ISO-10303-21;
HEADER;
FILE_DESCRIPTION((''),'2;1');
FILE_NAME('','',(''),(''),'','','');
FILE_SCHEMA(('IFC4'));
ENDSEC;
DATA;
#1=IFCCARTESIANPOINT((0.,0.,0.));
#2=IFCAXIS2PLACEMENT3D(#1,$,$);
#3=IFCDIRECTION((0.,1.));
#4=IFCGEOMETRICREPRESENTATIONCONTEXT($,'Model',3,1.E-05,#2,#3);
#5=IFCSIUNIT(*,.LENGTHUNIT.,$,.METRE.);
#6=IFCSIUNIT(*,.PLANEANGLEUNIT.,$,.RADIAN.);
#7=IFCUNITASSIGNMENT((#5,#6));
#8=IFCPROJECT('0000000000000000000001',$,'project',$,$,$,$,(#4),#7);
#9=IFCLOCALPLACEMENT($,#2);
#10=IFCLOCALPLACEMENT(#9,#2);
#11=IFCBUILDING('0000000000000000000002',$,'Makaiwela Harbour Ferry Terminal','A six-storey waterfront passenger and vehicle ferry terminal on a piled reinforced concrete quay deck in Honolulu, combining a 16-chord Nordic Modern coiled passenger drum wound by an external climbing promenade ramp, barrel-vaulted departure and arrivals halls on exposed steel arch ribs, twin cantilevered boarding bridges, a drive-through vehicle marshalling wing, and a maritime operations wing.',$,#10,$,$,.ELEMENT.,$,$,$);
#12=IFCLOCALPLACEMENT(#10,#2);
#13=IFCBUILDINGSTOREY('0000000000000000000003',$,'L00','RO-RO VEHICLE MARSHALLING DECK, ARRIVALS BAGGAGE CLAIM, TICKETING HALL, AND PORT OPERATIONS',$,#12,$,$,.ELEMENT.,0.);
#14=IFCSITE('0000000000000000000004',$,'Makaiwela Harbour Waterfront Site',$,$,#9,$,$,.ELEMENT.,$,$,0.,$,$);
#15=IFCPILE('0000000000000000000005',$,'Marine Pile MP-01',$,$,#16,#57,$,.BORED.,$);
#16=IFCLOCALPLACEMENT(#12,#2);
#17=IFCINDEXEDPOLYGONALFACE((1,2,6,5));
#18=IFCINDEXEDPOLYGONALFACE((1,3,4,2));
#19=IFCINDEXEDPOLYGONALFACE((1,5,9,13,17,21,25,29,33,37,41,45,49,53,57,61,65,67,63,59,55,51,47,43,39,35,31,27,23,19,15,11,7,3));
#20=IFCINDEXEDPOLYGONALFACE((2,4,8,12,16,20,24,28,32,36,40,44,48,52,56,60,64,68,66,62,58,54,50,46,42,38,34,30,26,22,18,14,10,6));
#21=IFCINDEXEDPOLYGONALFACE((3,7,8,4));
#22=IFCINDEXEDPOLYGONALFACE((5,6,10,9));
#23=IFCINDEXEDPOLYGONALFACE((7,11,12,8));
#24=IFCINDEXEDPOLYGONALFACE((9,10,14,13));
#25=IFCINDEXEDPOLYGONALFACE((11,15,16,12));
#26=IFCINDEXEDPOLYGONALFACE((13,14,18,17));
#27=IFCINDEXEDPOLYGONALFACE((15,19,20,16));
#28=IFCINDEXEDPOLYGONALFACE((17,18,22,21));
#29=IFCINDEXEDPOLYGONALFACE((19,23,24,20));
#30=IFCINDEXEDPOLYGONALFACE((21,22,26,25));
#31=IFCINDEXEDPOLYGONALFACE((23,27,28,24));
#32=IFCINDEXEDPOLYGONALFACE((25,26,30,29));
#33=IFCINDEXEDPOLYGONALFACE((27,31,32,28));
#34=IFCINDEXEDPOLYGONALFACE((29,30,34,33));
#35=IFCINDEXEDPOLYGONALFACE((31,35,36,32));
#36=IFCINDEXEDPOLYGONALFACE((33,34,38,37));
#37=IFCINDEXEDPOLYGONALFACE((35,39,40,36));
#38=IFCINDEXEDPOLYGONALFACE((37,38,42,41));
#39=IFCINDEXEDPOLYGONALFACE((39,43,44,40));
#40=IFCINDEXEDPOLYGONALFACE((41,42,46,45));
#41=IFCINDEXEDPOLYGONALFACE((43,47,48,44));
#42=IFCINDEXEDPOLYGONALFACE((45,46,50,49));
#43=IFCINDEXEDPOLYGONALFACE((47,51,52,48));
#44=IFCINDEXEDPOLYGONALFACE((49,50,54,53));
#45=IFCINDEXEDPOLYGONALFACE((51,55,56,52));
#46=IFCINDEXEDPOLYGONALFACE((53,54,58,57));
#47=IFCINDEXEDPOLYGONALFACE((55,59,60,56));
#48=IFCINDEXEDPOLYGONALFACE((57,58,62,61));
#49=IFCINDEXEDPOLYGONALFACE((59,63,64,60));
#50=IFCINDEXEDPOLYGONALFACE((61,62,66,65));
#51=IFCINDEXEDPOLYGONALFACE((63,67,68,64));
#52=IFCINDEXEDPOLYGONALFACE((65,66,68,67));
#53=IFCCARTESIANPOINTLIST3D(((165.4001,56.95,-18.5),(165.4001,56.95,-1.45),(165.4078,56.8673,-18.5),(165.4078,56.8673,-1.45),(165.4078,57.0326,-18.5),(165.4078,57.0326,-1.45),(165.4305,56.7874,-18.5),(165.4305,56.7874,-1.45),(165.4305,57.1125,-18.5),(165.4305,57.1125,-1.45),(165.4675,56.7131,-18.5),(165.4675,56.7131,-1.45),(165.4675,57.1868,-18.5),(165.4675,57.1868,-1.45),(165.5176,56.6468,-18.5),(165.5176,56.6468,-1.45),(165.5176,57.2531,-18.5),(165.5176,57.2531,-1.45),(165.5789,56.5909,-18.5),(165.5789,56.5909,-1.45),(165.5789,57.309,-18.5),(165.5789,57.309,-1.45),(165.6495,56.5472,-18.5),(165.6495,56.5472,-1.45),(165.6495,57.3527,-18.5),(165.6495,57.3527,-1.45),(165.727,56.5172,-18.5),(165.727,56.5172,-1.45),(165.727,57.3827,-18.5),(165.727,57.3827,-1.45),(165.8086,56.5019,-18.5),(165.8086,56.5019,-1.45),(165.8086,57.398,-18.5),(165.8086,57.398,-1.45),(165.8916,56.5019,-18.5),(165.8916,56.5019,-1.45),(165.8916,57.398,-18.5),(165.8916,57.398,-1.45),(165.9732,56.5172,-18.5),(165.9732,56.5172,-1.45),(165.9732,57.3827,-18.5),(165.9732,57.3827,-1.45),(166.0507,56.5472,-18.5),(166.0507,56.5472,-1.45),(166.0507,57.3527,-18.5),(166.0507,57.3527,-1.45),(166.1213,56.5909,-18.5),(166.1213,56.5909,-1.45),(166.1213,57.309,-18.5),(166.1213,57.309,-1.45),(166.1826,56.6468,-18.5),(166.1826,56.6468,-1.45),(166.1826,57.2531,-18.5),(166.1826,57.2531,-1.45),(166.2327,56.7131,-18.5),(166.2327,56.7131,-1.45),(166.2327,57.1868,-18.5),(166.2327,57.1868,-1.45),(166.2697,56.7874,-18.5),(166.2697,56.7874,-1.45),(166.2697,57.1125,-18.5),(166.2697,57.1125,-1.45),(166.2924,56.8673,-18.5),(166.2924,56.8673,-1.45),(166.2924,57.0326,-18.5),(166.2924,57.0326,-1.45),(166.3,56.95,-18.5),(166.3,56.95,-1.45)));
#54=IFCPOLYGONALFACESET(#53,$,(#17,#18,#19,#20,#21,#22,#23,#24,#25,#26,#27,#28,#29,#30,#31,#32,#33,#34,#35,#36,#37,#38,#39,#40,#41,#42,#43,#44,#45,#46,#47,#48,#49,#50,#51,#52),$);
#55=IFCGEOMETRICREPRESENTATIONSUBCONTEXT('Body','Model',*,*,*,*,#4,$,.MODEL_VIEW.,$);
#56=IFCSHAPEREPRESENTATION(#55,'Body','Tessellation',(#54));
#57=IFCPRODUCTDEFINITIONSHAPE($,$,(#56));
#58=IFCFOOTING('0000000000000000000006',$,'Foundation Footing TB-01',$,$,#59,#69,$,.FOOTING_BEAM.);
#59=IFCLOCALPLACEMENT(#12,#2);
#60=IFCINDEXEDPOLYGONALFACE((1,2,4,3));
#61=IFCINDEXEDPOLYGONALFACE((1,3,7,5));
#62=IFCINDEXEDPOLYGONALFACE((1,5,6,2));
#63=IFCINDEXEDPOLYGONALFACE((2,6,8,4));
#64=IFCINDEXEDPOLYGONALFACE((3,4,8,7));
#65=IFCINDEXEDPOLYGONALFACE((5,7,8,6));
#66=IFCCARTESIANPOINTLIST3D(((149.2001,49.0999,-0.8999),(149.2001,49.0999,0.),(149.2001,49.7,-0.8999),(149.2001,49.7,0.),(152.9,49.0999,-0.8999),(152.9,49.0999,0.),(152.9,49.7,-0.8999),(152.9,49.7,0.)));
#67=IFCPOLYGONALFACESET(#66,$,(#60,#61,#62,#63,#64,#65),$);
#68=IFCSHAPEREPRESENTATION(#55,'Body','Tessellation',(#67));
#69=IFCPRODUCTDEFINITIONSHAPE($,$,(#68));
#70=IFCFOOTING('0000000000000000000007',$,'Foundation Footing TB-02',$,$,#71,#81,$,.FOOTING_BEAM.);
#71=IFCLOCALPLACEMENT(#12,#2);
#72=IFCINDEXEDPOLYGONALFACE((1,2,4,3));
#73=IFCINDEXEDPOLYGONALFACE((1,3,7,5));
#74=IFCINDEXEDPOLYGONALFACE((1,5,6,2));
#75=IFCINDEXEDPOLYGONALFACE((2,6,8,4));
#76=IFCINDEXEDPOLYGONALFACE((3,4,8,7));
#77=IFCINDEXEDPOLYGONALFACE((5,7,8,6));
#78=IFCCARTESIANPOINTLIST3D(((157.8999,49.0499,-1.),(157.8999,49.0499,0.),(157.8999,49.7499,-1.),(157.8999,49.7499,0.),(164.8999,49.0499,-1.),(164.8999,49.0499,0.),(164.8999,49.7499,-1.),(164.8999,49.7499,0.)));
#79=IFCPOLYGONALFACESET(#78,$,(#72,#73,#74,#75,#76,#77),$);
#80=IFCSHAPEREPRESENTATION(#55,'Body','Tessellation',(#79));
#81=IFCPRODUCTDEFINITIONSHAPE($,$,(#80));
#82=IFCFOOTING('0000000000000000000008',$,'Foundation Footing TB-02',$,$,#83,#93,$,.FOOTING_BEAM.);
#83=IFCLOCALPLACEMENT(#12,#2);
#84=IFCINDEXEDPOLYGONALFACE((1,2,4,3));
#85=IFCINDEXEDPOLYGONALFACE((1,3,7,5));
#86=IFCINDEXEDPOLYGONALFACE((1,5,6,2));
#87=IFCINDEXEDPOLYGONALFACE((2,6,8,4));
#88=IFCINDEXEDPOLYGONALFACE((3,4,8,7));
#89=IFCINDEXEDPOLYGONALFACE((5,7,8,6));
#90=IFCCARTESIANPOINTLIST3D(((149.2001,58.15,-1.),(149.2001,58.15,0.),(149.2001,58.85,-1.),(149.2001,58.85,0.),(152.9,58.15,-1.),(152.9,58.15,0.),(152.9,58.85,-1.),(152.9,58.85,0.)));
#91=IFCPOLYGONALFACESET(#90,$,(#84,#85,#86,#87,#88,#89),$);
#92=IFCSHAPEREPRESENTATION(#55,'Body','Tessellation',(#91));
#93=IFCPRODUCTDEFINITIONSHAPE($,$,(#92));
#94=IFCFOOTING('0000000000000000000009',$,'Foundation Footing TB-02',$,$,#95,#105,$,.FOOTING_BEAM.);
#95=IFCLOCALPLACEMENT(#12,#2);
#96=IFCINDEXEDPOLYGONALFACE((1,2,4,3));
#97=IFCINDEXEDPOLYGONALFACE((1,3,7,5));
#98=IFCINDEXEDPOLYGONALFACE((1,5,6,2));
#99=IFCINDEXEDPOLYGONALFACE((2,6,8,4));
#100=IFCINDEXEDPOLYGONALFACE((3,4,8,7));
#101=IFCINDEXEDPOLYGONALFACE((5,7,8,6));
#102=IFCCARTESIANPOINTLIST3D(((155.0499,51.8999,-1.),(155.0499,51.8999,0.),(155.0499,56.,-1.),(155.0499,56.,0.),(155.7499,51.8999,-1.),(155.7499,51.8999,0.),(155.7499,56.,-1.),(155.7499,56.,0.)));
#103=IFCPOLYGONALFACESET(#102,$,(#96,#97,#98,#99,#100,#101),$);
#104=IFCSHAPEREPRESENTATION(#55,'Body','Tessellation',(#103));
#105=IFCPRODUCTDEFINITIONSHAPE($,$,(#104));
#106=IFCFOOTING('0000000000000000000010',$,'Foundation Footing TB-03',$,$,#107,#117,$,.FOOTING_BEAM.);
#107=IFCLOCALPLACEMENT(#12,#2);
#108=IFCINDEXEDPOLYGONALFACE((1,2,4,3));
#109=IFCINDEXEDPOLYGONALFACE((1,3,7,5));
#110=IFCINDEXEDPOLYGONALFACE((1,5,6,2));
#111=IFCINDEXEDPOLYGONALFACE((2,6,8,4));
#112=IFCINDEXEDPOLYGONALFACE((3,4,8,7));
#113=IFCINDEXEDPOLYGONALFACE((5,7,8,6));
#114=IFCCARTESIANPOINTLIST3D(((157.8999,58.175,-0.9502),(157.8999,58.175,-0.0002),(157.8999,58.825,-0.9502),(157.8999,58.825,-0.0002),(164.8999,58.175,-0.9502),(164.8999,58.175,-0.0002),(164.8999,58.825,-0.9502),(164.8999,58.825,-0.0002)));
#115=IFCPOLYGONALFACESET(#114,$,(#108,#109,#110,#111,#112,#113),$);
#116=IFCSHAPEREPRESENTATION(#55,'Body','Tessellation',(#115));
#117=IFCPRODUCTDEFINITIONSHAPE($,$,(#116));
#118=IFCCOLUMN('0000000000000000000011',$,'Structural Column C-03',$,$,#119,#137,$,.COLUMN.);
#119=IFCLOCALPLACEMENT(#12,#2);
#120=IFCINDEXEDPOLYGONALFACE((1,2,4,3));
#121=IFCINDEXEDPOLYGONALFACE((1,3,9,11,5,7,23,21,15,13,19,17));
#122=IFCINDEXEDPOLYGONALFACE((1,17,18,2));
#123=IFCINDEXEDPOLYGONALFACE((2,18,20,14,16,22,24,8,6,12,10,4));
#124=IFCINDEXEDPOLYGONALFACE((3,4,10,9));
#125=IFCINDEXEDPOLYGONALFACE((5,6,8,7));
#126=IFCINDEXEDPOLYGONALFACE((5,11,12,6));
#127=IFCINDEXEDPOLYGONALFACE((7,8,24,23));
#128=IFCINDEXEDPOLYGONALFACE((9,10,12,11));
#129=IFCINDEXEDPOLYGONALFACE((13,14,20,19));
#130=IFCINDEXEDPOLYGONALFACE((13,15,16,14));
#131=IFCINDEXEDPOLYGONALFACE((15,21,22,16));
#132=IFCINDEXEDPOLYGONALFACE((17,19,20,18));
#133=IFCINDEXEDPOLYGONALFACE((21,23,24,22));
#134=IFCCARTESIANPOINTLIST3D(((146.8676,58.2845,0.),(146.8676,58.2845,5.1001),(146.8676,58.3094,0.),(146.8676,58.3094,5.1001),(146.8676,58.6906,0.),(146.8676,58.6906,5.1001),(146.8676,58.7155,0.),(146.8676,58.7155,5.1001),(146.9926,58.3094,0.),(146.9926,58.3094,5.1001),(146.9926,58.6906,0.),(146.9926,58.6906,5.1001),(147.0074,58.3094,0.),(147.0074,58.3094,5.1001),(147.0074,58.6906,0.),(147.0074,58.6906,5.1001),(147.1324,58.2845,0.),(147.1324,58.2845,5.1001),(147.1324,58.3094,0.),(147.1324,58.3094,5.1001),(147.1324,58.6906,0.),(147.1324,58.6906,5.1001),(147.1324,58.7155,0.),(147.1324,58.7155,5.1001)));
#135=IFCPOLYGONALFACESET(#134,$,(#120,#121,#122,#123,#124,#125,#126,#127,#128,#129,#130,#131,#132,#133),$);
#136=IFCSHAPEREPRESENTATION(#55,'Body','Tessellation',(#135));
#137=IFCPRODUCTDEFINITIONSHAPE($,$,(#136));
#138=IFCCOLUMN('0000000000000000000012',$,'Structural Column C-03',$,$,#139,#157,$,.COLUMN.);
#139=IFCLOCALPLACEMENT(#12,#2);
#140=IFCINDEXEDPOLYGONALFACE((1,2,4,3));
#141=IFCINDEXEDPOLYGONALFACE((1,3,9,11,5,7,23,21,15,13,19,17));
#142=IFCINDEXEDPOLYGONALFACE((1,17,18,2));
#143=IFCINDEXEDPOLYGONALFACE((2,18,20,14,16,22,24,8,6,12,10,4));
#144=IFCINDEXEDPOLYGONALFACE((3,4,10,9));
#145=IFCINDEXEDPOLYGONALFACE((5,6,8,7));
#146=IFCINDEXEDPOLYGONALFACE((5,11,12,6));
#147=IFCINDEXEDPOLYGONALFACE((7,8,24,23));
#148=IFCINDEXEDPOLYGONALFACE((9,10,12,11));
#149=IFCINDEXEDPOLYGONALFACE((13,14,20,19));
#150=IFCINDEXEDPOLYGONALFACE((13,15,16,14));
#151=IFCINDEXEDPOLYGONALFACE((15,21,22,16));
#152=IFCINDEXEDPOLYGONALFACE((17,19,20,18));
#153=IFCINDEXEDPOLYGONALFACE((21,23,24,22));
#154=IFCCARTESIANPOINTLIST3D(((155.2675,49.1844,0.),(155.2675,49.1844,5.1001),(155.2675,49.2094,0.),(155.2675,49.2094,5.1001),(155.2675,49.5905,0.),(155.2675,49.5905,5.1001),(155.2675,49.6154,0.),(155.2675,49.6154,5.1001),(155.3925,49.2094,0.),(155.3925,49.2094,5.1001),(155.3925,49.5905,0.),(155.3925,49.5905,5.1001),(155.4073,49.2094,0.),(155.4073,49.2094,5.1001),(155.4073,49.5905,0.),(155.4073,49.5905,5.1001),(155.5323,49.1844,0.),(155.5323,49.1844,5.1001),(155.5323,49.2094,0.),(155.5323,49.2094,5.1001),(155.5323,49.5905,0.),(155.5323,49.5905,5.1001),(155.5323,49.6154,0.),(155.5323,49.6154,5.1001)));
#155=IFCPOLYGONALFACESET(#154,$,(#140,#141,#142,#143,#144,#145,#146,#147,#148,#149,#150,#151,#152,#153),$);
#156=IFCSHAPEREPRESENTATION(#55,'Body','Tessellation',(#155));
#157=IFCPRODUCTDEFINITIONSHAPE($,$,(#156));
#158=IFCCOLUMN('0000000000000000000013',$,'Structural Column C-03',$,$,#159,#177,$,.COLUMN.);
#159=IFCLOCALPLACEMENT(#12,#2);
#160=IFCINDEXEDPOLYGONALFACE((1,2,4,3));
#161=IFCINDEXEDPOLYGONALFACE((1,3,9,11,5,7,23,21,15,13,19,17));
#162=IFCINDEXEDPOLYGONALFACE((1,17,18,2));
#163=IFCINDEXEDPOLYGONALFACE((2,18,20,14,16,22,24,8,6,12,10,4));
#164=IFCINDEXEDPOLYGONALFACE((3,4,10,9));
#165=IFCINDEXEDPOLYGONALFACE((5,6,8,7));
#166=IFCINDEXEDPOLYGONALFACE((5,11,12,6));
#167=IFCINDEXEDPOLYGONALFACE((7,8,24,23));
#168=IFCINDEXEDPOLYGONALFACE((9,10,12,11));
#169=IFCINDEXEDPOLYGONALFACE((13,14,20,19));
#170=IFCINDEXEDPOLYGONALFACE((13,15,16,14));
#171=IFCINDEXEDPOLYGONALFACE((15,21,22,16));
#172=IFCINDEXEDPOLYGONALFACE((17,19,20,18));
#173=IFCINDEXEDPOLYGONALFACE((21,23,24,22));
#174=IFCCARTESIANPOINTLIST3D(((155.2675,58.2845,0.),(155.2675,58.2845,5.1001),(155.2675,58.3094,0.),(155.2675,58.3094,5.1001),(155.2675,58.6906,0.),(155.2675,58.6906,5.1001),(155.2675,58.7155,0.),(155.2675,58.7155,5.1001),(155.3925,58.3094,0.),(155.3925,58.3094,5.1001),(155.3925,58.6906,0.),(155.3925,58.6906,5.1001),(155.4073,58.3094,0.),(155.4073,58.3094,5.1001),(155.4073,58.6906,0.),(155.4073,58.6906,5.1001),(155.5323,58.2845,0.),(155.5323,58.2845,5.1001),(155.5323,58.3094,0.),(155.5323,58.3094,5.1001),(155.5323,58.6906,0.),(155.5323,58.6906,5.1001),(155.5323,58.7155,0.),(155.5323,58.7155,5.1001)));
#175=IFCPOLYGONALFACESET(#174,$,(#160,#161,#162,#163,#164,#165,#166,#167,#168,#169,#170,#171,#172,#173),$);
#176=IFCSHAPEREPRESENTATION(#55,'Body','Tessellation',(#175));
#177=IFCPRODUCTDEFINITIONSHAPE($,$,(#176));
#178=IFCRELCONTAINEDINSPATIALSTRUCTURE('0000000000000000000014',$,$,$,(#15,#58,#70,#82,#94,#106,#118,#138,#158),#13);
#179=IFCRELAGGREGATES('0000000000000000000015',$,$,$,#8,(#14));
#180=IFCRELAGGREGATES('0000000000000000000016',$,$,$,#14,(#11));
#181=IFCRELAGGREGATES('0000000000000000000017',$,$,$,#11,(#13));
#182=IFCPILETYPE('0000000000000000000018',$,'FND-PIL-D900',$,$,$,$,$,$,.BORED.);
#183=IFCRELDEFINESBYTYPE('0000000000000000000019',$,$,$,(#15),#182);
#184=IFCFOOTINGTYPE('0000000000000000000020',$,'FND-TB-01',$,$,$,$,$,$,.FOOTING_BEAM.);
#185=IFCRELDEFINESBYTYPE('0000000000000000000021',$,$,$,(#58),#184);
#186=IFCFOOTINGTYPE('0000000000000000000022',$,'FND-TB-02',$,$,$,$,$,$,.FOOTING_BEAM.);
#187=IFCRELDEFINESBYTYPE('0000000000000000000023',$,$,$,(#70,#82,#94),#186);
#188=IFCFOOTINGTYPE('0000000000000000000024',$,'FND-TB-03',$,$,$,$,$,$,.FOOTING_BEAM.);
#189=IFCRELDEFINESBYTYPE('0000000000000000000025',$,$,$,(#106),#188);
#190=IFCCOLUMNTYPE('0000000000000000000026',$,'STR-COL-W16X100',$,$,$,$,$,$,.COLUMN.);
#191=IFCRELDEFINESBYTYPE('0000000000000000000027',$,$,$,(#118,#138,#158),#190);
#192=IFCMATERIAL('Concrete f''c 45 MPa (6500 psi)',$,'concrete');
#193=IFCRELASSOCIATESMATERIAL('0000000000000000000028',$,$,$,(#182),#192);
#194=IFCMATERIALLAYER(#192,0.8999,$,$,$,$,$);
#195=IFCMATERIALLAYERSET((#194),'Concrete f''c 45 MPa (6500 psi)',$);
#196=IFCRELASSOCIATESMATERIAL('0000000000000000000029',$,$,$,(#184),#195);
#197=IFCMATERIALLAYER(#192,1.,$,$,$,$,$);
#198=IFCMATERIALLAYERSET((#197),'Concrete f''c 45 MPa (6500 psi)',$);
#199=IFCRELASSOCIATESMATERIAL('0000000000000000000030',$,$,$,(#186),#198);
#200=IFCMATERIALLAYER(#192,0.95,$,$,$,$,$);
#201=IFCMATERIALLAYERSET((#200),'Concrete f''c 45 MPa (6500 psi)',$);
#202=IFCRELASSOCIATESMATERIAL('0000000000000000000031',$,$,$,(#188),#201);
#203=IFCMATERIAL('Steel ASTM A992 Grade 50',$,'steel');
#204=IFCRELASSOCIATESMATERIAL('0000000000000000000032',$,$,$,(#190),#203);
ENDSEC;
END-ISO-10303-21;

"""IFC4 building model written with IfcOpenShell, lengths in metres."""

from ifc_helpers import new_model, si_unit, direction, frame, origin, origin_2d, place, context, subcontext, project, spatial, rectangle, circle, i_section, extrude, material, layer, layer_set, material_profile, profile_set, type_object, element, save


model = new_model("IFC4")

# Units and contexts
model_context = context("Model", 3, precision=1e-05, world=origin(), true_north=direction((0.0, 1.0)))
body_context = subcontext(model_context, "Body", "Model", "MODEL_VIEW")
ifc_project = project(units=[si_unit("LENGTHUNIT", "METRE"), si_unit("PLANEANGLEUNIT", "RADIAN")], contexts=[model_context])

# Site, building, storey
site_placement = place(None, origin())
site = spatial("IfcSite", under=ifc_project, at=site_placement, Name="Makaiwela Harbour Waterfront Site", CompositionType="ELEMENT", RefElevation=0.0)
building_placement = place(site_placement, origin())
building = spatial("IfcBuilding", under=site, at=building_placement, Name="Makaiwela Harbour Ferry Terminal", Description="A six-storey waterfront passenger and vehicle ferry terminal on a piled reinforced concrete quay deck in Honolulu, combining a 16-chord Nordic Modern coiled passenger drum wound by an external climbing promenade ramp, barrel-vaulted departure and arrivals halls on exposed steel arch ribs, twin cantilevered boarding bridges, a drive-through vehicle marshalling wing, and a maritime operations wing.", CompositionType="ELEMENT")
storey_placement = place(building_placement, origin())
storey = spatial("IfcBuildingStorey", under=building, at=storey_placement, Name="L00", Description="RO-RO VEHICLE MARSHALLING DECK, ARRIVALS BAGGAGE CLAIM, TICKETING HALL, AND PORT OPERATIONS", CompositionType="ELEMENT", Elevation=0.0)

# Shared definitions
ifc_material_1 = material(Name="Concrete f'c 45 MPa (6500 psi)", Category="concrete")

# Pile
ifc_material_profile_1 = material_profile(ifc_material_1, circle(Radius=0.45, at=origin_2d()), Name="PILE-D900")
ifc_profile_set_1 = profile_set([ifc_material_profile_1], Name="Concrete f'c 45 MPa (6500 psi)")
pile_type = type_object("IfcPileType", Name="FND-PIL-D900", PredefinedType="BORED", material=ifc_profile_set_1)
for number, where, z_axis, x_axis, name in (
    (1, (165.8501, 56.95, -1.45), (0.0, 0.0, -1.0), (1.0, 0.0, 0.0), "Marine Pile MP-01"),
):
    element("IfcPile", number, at=place(storey_placement, frame(where, z_axis=z_axis, x_axis=x_axis)), inside=storey, type_object=pile_type, Name=name, PredefinedType="BORED", context=body_context, shape_type="SweptSolid", body=[
        extrude(circle(Radius=0.45, at=origin_2d()), origin(), (0.0, 0.0, 1.0), 17.05),
    ])

# Footings
ifc_layer_1 = layer(ifc_material_1, 0.8999)
ifc_layer_set_1 = layer_set([ifc_layer_1], Name="Concrete f'c 45 MPa (6500 psi)")
footing_type_1 = type_object("IfcFootingType", Name="FND-TB-01", PredefinedType="FOOTING_BEAM", material=ifc_layer_set_1)
footing_1_placement = place(storey_placement, frame((151.05, 49.3999, -0.8999), z_axis=(0.0, 0.0, 1.0), x_axis=(1.0, 0.0, 0.0)))
element("IfcFooting", 2, at=footing_1_placement, inside=storey, type_object=footing_type_1, Name="Foundation Footing TB-01", PredefinedType="FOOTING_BEAM", context=body_context, shape_type="SweptSolid", body=[
    extrude(rectangle(XDim=3.7, YDim=0.6001, at=origin_2d()), origin(), (0.0, 0.0, 1.0), 0.8999),
])
ifc_layer_2 = layer(ifc_material_1, 1.0)
ifc_layer_set_2 = layer_set([ifc_layer_2], Name="Concrete f'c 45 MPa (6500 psi)")
footing_type_2 = type_object("IfcFootingType", Name="FND-TB-02", PredefinedType="FOOTING_BEAM", material=ifc_layer_set_2)
footing_2_placement = place(storey_placement, frame((161.3999, 49.3999, -1.0), z_axis=(0.0, 0.0, 1.0), x_axis=(1.0, 0.0, 0.0)))
element("IfcFooting", 3, at=footing_2_placement, inside=storey, type_object=footing_type_2, Name="Foundation Footing TB-02", PredefinedType="FOOTING_BEAM", context=body_context, shape_type="SweptSolid", body=[
    extrude(rectangle(XDim=7.0, YDim=0.7, at=origin_2d()), origin(), (0.0, 0.0, 1.0), 1.0),
])
footing_3_placement = place(storey_placement, frame((151.05, 58.5, -1.0), z_axis=(0.0, 0.0, 1.0), x_axis=(1.0, 0.0, 0.0)))
element("IfcFooting", 4, at=footing_3_placement, inside=storey, type_object=footing_type_2, Name="Foundation Footing TB-02", PredefinedType="FOOTING_BEAM", context=body_context, shape_type="SweptSolid", body=[
    extrude(rectangle(XDim=3.7, YDim=0.7, at=origin_2d()), origin(), (0.0, 0.0, 1.0), 1.0),
])
footing_4_placement = place(storey_placement, frame((155.3999, 53.95, -1.0), z_axis=(0.0, 0.0, 1.0), x_axis=(0.0, 1.0, 0.0)))
element("IfcFooting", 5, at=footing_4_placement, inside=storey, type_object=footing_type_2, Name="Foundation Footing TB-02", PredefinedType="FOOTING_BEAM", context=body_context, shape_type="SweptSolid", body=[
    extrude(rectangle(XDim=4.1001, YDim=0.7, at=origin_2d()), origin(), (0.0, 0.0, 1.0), 1.0),
])
ifc_layer_3 = layer(ifc_material_1, 0.95)
ifc_layer_set_3 = layer_set([ifc_layer_3], Name="Concrete f'c 45 MPa (6500 psi)")
footing_type_3 = type_object("IfcFootingType", Name="FND-TB-03", PredefinedType="FOOTING_BEAM", material=ifc_layer_set_3)
footing_5_placement = place(storey_placement, frame((161.3999, 58.5, -0.9502), z_axis=(0.0, 0.0, 1.0), x_axis=(1.0, 0.0, 0.0)))
element("IfcFooting", 6, at=footing_5_placement, inside=storey, type_object=footing_type_3, Name="Foundation Footing TB-03", PredefinedType="FOOTING_BEAM", context=body_context, shape_type="SweptSolid", body=[
    extrude(rectangle(XDim=7.0, YDim=0.6499, at=origin_2d()), origin(), (0.0, 0.0, 1.0), 0.95),
])

# Columns
ifc_material_2 = material(Name="Steel ASTM A992 Grade 50", Category="steel")
ifc_material_profile_2 = material_profile(ifc_material_2, i_section(OverallWidth=0.2649, OverallDepth=0.4309, WebThickness=0.0149, FlangeThickness=0.0249, at=origin_2d()), Name="W16X100")
ifc_profile_set_2 = profile_set([ifc_material_profile_2], Name="Steel ASTM A992 Grade 50")
column_type = type_object("IfcColumnType", Name="STR-COL-W16X100", PredefinedType="COLUMN", material=ifc_profile_set_2)
for number, where, z_axis, x_axis, name in (
    (7, (147.0, 58.5, 0.0), (0.0, 0.0, 1.0), (1.0, 0.0, 0.0), "Structural Column C-03"),
    (8, (155.3999, 49.3999, 0.0), (0.0, 0.0, 1.0), (1.0, 0.0, 0.0), "Structural Column C-03"),
    (9, (155.3999, 58.5, 0.0), (0.0, 0.0, 1.0), (1.0, 0.0, 0.0), "Structural Column C-03"),
):
    element("IfcColumn", number, at=place(storey_placement, frame(where, z_axis=z_axis, x_axis=x_axis)), inside=storey, type_object=column_type, Name=name, PredefinedType="COLUMN", context=body_context, shape_type="SweptSolid", body=[
        extrude(i_section(OverallWidth=0.2649, OverallDepth=0.4309, WebThickness=0.0149, FlangeThickness=0.0249, at=origin_2d()), origin(), (0.0, 0.0, 1.0), 5.1001),
    ])

save(model, "model.ifc")
